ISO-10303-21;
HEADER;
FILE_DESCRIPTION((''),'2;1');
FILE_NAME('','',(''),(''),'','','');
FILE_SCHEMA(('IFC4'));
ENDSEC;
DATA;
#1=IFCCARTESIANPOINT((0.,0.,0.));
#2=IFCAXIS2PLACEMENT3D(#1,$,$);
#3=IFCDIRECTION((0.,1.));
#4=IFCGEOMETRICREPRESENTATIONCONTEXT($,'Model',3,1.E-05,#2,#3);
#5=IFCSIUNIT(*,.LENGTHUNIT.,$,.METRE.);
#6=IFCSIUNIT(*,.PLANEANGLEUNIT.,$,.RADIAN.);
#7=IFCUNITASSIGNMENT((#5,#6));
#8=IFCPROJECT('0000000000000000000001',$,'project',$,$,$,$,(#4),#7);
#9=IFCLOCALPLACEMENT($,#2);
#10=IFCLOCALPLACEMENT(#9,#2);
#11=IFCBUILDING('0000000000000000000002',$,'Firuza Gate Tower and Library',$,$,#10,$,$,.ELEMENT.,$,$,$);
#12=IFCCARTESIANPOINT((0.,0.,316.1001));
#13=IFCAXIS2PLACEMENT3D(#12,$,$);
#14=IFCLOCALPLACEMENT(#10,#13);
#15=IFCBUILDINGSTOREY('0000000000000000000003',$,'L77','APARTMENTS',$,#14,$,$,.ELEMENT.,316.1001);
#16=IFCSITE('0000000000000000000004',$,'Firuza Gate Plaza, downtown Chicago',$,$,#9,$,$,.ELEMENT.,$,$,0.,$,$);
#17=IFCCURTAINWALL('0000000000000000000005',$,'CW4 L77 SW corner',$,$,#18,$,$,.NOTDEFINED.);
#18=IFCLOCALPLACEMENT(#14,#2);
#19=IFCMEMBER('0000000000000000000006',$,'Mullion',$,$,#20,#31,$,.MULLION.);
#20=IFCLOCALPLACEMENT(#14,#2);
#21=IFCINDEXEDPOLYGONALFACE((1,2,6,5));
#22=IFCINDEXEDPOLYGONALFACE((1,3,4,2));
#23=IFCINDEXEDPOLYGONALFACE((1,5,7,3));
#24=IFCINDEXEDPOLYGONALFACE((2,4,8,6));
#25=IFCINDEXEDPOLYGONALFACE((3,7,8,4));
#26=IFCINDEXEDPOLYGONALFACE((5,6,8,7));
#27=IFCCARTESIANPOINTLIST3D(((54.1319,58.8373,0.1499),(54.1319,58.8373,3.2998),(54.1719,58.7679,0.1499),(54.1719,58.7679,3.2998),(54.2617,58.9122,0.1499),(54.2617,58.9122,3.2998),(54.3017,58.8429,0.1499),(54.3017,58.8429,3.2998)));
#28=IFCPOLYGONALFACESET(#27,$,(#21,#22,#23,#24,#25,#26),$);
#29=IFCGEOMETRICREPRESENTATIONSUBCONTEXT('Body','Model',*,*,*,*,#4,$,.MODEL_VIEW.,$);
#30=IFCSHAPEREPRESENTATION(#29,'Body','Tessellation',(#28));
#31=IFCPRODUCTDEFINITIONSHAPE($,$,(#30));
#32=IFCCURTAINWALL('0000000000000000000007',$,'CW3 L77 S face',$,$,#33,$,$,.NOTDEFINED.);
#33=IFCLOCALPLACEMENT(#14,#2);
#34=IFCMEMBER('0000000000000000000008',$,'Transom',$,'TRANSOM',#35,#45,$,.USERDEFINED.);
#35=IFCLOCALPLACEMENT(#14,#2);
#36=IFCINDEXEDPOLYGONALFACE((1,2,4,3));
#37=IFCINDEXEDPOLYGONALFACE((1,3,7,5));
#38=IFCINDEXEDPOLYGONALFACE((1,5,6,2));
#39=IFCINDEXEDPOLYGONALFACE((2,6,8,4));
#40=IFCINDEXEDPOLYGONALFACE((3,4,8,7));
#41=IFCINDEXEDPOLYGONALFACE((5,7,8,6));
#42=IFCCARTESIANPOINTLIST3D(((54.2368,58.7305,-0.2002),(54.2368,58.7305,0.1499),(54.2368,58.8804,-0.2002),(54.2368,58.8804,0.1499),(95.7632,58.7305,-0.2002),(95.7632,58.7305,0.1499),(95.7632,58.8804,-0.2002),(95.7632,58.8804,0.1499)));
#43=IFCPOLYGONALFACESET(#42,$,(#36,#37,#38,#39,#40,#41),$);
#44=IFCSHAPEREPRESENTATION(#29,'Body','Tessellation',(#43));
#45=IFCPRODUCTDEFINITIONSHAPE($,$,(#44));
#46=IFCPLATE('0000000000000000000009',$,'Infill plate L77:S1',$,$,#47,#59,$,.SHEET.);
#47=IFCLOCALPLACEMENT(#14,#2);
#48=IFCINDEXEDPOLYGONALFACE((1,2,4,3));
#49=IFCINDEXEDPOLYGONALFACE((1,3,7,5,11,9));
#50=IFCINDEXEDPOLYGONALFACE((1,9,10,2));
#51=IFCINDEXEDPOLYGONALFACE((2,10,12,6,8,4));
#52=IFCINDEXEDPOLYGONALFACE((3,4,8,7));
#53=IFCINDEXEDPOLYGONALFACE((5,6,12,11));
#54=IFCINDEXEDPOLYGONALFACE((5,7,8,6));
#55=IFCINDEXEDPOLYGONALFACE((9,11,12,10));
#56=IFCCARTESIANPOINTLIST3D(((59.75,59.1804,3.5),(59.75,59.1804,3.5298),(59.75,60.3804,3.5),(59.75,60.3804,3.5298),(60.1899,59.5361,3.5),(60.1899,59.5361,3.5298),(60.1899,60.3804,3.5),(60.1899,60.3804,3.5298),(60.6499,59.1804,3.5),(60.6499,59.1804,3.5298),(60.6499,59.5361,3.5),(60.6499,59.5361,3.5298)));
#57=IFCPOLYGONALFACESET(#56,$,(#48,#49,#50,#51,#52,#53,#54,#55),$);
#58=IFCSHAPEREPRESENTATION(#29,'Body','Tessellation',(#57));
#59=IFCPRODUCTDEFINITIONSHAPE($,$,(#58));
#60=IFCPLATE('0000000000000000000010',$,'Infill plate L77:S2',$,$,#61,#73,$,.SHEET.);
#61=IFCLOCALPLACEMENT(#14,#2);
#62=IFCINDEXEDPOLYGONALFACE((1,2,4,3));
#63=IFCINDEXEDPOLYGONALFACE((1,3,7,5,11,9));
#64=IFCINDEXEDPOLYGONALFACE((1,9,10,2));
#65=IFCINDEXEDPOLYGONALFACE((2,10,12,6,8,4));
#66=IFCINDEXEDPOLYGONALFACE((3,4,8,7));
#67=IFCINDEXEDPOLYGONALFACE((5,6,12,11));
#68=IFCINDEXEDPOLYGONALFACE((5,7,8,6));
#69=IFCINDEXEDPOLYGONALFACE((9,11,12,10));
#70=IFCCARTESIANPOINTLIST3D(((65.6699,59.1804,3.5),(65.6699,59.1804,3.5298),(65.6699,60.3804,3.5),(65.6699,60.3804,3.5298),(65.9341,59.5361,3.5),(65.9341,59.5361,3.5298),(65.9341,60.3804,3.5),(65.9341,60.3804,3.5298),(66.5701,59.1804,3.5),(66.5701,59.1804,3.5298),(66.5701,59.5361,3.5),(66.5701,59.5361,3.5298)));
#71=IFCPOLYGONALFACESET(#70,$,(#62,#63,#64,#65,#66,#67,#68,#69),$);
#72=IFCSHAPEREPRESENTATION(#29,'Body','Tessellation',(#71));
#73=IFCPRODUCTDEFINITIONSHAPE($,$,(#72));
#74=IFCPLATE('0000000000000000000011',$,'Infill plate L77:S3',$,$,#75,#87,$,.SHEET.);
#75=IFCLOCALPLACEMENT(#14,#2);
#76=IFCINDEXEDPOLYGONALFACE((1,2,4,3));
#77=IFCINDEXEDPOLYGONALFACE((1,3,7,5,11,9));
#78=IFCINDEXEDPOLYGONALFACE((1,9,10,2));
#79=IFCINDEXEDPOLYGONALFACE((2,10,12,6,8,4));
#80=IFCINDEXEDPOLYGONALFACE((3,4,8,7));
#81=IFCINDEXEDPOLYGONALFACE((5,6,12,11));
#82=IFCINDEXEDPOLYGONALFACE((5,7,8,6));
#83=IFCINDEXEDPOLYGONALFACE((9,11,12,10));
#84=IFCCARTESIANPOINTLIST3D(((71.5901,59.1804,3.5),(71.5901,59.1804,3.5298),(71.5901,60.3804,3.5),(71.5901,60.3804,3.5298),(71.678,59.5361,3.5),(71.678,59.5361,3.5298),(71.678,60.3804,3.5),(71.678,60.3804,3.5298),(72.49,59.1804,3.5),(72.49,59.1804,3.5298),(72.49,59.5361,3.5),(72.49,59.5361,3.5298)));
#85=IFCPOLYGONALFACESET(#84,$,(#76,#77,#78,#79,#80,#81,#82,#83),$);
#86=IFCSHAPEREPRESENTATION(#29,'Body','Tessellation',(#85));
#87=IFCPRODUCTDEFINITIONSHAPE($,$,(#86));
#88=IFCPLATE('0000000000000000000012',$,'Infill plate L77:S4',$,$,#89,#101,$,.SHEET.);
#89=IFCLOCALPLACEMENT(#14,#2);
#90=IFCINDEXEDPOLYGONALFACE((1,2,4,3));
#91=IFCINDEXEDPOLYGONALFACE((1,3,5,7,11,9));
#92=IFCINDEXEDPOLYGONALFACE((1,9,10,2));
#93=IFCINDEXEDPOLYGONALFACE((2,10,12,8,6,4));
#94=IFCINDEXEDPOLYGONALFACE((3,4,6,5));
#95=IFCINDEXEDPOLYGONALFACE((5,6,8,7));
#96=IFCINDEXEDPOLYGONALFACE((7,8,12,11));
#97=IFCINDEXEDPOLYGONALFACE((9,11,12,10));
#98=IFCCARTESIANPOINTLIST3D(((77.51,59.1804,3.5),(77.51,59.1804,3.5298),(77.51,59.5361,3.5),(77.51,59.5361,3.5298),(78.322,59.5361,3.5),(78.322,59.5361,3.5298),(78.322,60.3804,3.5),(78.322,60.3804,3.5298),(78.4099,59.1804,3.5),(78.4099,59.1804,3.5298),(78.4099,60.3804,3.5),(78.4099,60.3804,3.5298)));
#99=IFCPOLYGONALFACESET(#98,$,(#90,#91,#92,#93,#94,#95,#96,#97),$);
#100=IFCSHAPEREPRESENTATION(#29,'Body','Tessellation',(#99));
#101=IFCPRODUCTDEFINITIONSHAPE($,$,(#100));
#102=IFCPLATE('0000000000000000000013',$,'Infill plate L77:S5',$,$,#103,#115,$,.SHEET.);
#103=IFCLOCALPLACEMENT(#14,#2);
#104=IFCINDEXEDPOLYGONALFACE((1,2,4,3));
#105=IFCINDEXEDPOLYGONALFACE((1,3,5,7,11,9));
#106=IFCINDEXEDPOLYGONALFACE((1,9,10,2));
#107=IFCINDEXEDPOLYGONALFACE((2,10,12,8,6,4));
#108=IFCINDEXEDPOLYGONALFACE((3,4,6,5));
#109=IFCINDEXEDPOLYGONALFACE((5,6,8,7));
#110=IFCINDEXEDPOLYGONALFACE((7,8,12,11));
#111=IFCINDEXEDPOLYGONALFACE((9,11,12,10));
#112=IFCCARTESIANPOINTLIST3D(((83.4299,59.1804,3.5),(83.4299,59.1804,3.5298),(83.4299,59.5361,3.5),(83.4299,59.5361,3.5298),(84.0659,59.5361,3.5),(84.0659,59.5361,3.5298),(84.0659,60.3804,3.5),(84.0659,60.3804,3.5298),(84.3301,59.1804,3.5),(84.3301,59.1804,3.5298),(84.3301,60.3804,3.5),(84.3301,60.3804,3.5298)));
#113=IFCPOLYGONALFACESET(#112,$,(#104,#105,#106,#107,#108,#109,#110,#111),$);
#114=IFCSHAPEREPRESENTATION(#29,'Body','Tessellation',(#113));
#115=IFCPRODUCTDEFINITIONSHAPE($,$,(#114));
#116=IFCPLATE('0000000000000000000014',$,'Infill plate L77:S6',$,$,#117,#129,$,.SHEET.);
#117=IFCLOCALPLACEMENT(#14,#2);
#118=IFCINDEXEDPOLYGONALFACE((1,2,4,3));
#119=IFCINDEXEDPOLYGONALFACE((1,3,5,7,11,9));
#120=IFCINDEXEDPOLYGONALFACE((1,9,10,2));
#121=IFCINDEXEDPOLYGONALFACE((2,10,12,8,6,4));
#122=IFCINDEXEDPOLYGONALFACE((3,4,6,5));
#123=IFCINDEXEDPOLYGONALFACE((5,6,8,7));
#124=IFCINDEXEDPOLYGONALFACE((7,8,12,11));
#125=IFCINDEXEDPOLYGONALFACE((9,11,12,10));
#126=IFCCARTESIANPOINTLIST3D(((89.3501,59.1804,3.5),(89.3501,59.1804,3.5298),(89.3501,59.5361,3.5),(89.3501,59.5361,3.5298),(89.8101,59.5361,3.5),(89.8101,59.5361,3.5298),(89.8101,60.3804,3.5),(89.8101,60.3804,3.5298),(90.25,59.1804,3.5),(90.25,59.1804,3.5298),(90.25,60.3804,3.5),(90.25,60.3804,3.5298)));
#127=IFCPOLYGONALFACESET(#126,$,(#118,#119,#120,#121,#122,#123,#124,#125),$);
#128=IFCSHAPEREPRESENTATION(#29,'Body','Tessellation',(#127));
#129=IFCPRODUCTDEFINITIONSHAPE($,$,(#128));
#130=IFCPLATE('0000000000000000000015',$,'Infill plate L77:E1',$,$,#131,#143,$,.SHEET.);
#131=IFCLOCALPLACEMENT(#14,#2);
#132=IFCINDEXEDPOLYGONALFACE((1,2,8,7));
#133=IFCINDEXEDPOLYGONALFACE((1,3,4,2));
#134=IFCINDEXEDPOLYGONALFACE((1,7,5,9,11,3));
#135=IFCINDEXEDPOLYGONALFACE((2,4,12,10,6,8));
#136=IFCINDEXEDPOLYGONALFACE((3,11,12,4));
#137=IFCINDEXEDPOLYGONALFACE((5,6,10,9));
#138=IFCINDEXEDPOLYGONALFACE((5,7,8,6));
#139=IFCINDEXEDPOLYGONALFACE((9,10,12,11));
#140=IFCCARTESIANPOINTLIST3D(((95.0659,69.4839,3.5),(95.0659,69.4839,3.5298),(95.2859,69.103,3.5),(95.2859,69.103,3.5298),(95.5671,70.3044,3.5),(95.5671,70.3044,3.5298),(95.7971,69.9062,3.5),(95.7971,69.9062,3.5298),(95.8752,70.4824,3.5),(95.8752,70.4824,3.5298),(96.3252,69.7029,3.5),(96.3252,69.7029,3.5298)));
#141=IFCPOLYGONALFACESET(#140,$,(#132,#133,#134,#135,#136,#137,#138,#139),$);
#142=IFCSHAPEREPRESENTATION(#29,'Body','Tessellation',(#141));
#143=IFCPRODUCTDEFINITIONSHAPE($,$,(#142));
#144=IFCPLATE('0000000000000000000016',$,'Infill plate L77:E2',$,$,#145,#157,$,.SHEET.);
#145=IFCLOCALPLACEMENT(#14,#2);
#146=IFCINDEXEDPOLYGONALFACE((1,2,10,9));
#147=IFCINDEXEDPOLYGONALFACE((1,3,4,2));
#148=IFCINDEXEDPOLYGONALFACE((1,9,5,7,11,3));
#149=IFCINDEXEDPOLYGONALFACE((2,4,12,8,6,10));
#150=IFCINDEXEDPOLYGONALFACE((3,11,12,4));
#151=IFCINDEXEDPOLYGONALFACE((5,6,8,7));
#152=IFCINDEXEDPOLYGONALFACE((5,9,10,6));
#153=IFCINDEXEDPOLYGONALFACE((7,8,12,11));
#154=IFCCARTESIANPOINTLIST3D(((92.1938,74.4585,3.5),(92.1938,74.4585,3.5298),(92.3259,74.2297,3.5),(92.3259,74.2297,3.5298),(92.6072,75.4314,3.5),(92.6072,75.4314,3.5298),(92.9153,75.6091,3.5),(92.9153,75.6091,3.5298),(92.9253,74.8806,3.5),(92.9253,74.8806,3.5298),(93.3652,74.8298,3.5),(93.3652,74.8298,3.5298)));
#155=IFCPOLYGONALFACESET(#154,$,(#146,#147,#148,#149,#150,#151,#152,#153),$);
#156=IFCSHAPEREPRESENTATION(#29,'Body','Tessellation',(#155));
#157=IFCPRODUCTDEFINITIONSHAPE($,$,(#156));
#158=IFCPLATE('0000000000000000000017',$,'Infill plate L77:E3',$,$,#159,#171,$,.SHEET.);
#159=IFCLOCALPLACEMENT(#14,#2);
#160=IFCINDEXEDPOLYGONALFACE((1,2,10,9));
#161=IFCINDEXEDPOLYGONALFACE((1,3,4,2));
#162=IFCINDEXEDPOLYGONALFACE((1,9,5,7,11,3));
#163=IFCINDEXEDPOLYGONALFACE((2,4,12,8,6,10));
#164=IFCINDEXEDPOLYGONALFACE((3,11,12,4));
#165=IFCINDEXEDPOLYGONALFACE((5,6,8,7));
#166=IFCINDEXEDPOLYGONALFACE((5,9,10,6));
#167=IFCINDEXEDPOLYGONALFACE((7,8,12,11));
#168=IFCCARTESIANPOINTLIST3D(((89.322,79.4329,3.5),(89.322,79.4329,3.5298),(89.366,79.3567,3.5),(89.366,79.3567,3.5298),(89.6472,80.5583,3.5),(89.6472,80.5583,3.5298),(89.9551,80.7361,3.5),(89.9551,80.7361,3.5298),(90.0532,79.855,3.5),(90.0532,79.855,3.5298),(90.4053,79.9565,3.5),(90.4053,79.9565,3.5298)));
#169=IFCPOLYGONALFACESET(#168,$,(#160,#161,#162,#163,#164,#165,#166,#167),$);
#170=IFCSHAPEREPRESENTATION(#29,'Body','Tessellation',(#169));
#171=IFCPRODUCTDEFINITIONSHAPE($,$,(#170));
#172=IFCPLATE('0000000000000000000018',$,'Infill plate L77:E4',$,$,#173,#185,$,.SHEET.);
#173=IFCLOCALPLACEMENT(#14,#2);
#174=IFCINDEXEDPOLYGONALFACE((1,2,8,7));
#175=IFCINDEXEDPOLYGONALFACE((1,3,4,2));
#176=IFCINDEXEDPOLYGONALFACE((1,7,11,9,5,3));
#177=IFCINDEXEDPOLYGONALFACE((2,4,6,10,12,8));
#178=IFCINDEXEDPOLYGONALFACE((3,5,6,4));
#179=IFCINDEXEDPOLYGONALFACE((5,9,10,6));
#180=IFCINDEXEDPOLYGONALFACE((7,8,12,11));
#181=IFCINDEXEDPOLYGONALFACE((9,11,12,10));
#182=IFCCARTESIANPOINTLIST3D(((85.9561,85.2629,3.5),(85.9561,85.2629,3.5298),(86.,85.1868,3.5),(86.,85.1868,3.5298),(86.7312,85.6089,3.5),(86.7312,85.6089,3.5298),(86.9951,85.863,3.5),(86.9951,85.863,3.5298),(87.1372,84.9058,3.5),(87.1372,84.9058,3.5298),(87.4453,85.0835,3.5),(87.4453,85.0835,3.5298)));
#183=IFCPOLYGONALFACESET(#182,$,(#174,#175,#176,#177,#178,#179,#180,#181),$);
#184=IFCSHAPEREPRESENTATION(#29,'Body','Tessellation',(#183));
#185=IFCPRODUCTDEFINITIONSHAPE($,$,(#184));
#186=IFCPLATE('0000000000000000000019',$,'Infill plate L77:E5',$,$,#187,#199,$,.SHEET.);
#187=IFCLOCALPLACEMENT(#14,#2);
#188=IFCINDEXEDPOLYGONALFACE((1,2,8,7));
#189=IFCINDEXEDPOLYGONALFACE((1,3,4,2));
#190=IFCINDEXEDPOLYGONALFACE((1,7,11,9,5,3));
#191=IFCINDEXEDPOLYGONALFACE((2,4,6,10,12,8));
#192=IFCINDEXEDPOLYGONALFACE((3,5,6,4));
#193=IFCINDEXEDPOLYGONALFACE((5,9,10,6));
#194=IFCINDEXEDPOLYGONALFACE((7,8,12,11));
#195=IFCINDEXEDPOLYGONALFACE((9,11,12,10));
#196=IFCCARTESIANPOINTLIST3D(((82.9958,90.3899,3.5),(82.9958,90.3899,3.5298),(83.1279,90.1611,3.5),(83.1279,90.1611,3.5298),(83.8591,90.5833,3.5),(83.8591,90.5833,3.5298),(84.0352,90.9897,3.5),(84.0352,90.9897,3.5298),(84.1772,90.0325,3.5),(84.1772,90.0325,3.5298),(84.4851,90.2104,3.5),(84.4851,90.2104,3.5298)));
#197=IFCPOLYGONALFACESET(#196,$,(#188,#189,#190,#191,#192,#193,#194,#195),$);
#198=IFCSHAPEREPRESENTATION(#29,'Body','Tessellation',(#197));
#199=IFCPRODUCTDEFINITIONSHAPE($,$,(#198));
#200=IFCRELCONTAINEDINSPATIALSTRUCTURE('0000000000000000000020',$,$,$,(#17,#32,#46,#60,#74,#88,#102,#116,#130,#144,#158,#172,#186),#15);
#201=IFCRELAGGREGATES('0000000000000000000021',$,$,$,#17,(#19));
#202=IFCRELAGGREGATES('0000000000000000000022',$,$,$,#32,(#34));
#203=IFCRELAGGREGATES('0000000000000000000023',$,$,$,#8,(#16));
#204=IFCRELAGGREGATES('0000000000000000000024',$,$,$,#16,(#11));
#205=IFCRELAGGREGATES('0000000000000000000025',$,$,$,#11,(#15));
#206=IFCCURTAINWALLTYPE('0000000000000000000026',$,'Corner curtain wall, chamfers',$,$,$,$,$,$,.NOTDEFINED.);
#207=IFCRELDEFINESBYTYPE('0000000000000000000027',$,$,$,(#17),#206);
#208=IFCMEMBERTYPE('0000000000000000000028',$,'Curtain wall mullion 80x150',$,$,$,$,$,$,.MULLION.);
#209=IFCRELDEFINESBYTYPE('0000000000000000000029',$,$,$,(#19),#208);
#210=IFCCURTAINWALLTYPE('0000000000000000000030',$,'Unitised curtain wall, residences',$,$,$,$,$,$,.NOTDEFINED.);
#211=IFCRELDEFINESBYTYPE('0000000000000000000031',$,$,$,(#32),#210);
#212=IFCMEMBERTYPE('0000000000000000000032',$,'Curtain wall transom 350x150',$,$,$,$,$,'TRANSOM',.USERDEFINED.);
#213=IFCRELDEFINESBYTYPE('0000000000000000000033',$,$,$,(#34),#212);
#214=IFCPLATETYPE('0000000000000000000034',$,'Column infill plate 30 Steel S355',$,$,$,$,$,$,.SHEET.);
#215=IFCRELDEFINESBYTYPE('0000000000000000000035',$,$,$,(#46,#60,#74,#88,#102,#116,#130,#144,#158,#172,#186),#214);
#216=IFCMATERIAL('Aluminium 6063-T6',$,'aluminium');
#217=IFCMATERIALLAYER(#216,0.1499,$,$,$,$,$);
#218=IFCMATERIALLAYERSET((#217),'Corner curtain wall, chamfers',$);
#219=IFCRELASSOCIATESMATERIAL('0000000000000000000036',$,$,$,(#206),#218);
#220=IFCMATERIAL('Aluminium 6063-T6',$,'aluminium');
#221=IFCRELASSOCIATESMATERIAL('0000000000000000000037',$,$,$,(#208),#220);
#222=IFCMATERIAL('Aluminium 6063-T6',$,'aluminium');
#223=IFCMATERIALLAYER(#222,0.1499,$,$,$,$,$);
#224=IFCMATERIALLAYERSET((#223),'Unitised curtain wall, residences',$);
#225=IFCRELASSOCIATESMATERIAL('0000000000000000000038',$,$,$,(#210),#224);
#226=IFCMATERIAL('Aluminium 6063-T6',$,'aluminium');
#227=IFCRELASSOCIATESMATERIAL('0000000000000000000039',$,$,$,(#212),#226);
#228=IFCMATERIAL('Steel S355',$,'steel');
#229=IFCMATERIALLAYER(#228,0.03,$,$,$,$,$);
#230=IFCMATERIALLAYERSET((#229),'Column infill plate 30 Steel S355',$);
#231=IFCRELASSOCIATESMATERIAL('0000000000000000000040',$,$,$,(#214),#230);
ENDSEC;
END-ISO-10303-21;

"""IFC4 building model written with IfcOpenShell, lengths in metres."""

from ifc_helpers import new_model, si_unit, direction, frame, origin, origin_2d, place, context, subcontext, project, spatial, polyline, rectangle, outline, extrude, material, layer, layer_set, material_profile, profile_set, type_object, element, aggregate, save


model = new_model("IFC4")

# Units and contexts
model_context = context("Model", 3, precision=1e-05, world=origin(), true_north=direction((0.0, 1.0)))
body_context = subcontext(model_context, "Body", "Model", "MODEL_VIEW")
ifc_project = project(units=[si_unit("LENGTHUNIT", "METRE"), si_unit("PLANEANGLEUNIT", "RADIAN")], contexts=[model_context])

# Site, building, storey
site_placement = place(None, origin())
site = spatial("IfcSite", under=ifc_project, at=site_placement, Name="Firuza Gate Plaza, downtown Chicago", CompositionType="ELEMENT", RefElevation=0.0)
building_placement = place(site_placement, origin())
building = spatial("IfcBuilding", under=site, at=building_placement, Name="Firuza Gate Tower and Library", CompositionType="ELEMENT")
storey_placement = place(building_placement, frame((0.0, 0.0, 316.1001)))
storey = spatial("IfcBuildingStorey", under=building, at=storey_placement, Name="L77", Description="APARTMENTS", CompositionType="ELEMENT", Elevation=316.1001)

# Curtain walls, members
ifc_material_1 = material(Name="Aluminium 6063-T6", Category="aluminium")
ifc_layer_1 = layer(ifc_material_1, 0.1499)
ifc_layer_set_1 = layer_set([ifc_layer_1], Name="Corner curtain wall, chamfers")
curtain_wall_type_1 = type_object("IfcCurtainWallType", Name="Corner curtain wall, chamfers", PredefinedType="NOTDEFINED", material=ifc_layer_set_1)
placement_1 = place(storey_placement, origin())
curtain_wall_1 = element("IfcCurtainWall", 1, at=placement_1, inside=storey, type_object=curtain_wall_type_1, Name="CW4 L77 SW corner", PredefinedType="NOTDEFINED")
ifc_material_2 = material(Name="Aluminium 6063-T6", Category="aluminium")
ifc_material_profile_1 = material_profile(ifc_material_2, rectangle(XDim=0.1499, YDim=0.0801, at=origin_2d()))
ifc_profile_set_1 = profile_set([ifc_material_profile_1], Name="Aluminium 6063-T6")
member_type_1 = type_object("IfcMemberType", Name="Curtain wall mullion 80x150", PredefinedType="MULLION", material=ifc_profile_set_1)
member_1_placement = place(storey_placement, frame((54.2168, 58.8401, 0.1499), z_axis=(0.0, 0.0, 1.0), x_axis=(0.866025, 0.5, 0.0)))
member_1 = element("IfcMember", 2, at=member_1_placement, type_object=member_type_1, Name="Mullion", PredefinedType="MULLION", context=body_context, shape_type="SweptSolid", body=[
    extrude(rectangle(XDim=0.1499, YDim=0.0801, at=origin_2d()), origin(), (0.0, 0.0, 1.0), 3.1499),
])
aggregate(curtain_wall_1, [member_1])
ifc_material_3 = material(Name="Aluminium 6063-T6", Category="aluminium")
ifc_layer_2 = layer(ifc_material_3, 0.1499)
ifc_layer_set_2 = layer_set([ifc_layer_2], Name="Unitised curtain wall, residences")
curtain_wall_type_2 = type_object("IfcCurtainWallType", Name="Unitised curtain wall, residences", PredefinedType="NOTDEFINED", material=ifc_layer_set_2)
curtain_wall_2 = element("IfcCurtainWall", 3, at=placement_1, inside=storey, type_object=curtain_wall_type_2, Name="CW3 L77 S face", PredefinedType="NOTDEFINED")
ifc_material_4 = material(Name="Aluminium 6063-T6", Category="aluminium")
ifc_material_profile_2 = material_profile(ifc_material_4, rectangle(XDim=0.1499, YDim=0.3501, at=origin_2d()))
ifc_profile_set_2 = profile_set([ifc_material_profile_2], Name="Aluminium 6063-T6")
member_type_2 = type_object("IfcMemberType", Name="Curtain wall transom 350x150", ElementType="TRANSOM", PredefinedType="USERDEFINED", material=ifc_profile_set_2)
member_2_placement = place(storey_placement, frame((54.2368, 58.8054, -0.0251), z_axis=(1.0, 0.0, 0.0), x_axis=(0.0, 1.0, 0.0)))
member_2 = element("IfcMember", 4, at=member_2_placement, type_object=member_type_2, Name="Transom", ObjectType="TRANSOM", PredefinedType="USERDEFINED", context=body_context, shape_type="SweptSolid", body=[
    extrude(rectangle(XDim=0.1499, YDim=0.3501, at=origin_2d()), origin(), (0.0, 0.0, 1.0), 41.5264),
])

# Plates
ifc_material_5 = material(Name="Steel S355", Category="steel")
ifc_layer_3 = layer(ifc_material_5, 0.03)
ifc_layer_set_3 = layer_set([ifc_layer_3], Name="Column infill plate 30 Steel S355")
plate_type_1 = type_object("IfcPlateType", Name="Column infill plate 30 Steel S355", PredefinedType="SHEET", material=ifc_layer_set_3)
placement_2 = place(storey_placement, frame((0.0, 0.0, 3.5)))
element("IfcPlate", 5, at=placement_2, inside=storey, type_object=plate_type_1, Name="Infill plate L77:S1", PredefinedType="SHEET", context=body_context, shape_type="SweptSolid", body=[
    extrude(outline(polyline([(60.6499, 59.1804), (60.6499, 59.5361), (60.1899, 59.5361), (60.1899, 60.3804), (59.75, 60.3804), (59.75, 59.1804), (60.6499, 59.1804)])), origin(), (0.0, 0.0, 1.0), 0.0298),
])
element("IfcPlate", 6, at=placement_2, inside=storey, type_object=plate_type_1, Name="Infill plate L77:S2", PredefinedType="SHEET", context=body_context, shape_type="SweptSolid", body=[
    extrude(outline(polyline([(66.5701, 59.1804), (66.5701, 59.5361), (65.9341, 59.5361), (65.9341, 60.3804), (65.6699, 60.3804), (65.6699, 59.1804), (66.5701, 59.1804)])), origin(), (0.0, 0.0, 1.0), 0.0298),
])
element("IfcPlate", 7, at=placement_2, inside=storey, type_object=plate_type_1, Name="Infill plate L77:S3", PredefinedType="SHEET", context=body_context, shape_type="SweptSolid", body=[
    extrude(outline(polyline([(72.49, 59.1804), (72.49, 59.5361), (71.678, 59.5361), (71.678, 60.3804), (71.5901, 60.3804), (71.5901, 59.1804), (72.49, 59.1804)])), origin(), (0.0, 0.0, 1.0), 0.0298),
])
element("IfcPlate", 8, at=placement_2, inside=storey, type_object=plate_type_1, Name="Infill plate L77:S4", PredefinedType="SHEET", context=body_context, shape_type="SweptSolid", body=[
    extrude(outline(polyline([(78.4099, 60.3804), (78.322, 60.3804), (78.322, 59.5361), (77.51, 59.5361), (77.51, 59.1804), (78.4099, 59.1804), (78.4099, 60.3804)])), origin(), (0.0, 0.0, 1.0), 0.0298),
])
element("IfcPlate", 9, at=placement_2, inside=storey, type_object=plate_type_1, Name="Infill plate L77:S5", PredefinedType="SHEET", context=body_context, shape_type="SweptSolid", body=[
    extrude(outline(polyline([(84.3301, 60.3804), (84.0659, 60.3804), (84.0659, 59.5361), (83.4299, 59.5361), (83.4299, 59.1804), (84.3301, 59.1804), (84.3301, 60.3804)])), origin(), (0.0, 0.0, 1.0), 0.0298),
])
element("IfcPlate", 10, at=placement_2, inside=storey, type_object=plate_type_1, Name="Infill plate L77:S6", PredefinedType="SHEET", context=body_context, shape_type="SweptSolid", body=[
    extrude(outline(polyline([(90.25, 60.3804), (89.8101, 60.3804), (89.8101, 59.5361), (89.3501, 59.5361), (89.3501, 59.1804), (90.25, 59.1804), (90.25, 60.3804)])), origin(), (0.0, 0.0, 1.0), 0.0298),
])
element("IfcPlate", 11, at=placement_2, inside=storey, type_object=plate_type_1, Name="Infill plate L77:E1", PredefinedType="SHEET", context=body_context, shape_type="SweptSolid", body=[
    extrude(outline(polyline([(95.8752, 70.4824), (95.5671, 70.3044), (95.7971, 69.9062), (95.0659, 69.4839), (95.2859, 69.103), (96.3252, 69.7029), (95.8752, 70.4824)])), origin(), (0.0, 0.0, 1.0), 0.0298),
])
element("IfcPlate", 12, at=placement_2, inside=storey, type_object=plate_type_1, Name="Infill plate L77:E2", PredefinedType="SHEET", context=body_context, shape_type="SweptSolid", body=[
    extrude(outline(polyline([(92.9153, 75.6091), (92.6072, 75.4314), (92.9253, 74.8806), (92.1938, 74.4585), (92.3259, 74.2297), (93.3652, 74.8298), (92.9153, 75.6091)])), origin(), (0.0, 0.0, 1.0), 0.0298),
])
element("IfcPlate", 13, at=placement_2, inside=storey, type_object=plate_type_1, Name="Infill plate L77:E3", PredefinedType="SHEET", context=body_context, shape_type="SweptSolid", body=[
    extrude(outline(polyline([(89.9551, 80.7361), (89.6472, 80.5583), (90.0532, 79.855), (89.322, 79.4329), (89.366, 79.3567), (90.4053, 79.9565), (89.9551, 80.7361)])), origin(), (0.0, 0.0, 1.0), 0.0298),
])
element("IfcPlate", 14, at=placement_2, inside=storey, type_object=plate_type_1, Name="Infill plate L77:E4", PredefinedType="SHEET", context=body_context, shape_type="SweptSolid", body=[
    extrude(outline(polyline([(85.9561, 85.2629), (86.0, 85.1868), (86.7312, 85.6089), (87.1372, 84.9058), (87.4453, 85.0835), (86.9951, 85.863), (85.9561, 85.2629)])), origin(), (0.0, 0.0, 1.0), 0.0298),
])
element("IfcPlate", 15, at=placement_2, inside=storey, type_object=plate_type_1, Name="Infill plate L77:E5", PredefinedType="SHEET", context=body_context, shape_type="SweptSolid", body=[
    extrude(outline(polyline([(82.9958, 90.3899), (83.1279, 90.1611), (83.8591, 90.5833), (84.1772, 90.0325), (84.4851, 90.2104), (84.0352, 90.9897), (82.9958, 90.3899)])), origin(), (0.0, 0.0, 1.0), 0.0298),
])

aggregate(curtain_wall_2, [member_2])

save(model, "model.ifc")
